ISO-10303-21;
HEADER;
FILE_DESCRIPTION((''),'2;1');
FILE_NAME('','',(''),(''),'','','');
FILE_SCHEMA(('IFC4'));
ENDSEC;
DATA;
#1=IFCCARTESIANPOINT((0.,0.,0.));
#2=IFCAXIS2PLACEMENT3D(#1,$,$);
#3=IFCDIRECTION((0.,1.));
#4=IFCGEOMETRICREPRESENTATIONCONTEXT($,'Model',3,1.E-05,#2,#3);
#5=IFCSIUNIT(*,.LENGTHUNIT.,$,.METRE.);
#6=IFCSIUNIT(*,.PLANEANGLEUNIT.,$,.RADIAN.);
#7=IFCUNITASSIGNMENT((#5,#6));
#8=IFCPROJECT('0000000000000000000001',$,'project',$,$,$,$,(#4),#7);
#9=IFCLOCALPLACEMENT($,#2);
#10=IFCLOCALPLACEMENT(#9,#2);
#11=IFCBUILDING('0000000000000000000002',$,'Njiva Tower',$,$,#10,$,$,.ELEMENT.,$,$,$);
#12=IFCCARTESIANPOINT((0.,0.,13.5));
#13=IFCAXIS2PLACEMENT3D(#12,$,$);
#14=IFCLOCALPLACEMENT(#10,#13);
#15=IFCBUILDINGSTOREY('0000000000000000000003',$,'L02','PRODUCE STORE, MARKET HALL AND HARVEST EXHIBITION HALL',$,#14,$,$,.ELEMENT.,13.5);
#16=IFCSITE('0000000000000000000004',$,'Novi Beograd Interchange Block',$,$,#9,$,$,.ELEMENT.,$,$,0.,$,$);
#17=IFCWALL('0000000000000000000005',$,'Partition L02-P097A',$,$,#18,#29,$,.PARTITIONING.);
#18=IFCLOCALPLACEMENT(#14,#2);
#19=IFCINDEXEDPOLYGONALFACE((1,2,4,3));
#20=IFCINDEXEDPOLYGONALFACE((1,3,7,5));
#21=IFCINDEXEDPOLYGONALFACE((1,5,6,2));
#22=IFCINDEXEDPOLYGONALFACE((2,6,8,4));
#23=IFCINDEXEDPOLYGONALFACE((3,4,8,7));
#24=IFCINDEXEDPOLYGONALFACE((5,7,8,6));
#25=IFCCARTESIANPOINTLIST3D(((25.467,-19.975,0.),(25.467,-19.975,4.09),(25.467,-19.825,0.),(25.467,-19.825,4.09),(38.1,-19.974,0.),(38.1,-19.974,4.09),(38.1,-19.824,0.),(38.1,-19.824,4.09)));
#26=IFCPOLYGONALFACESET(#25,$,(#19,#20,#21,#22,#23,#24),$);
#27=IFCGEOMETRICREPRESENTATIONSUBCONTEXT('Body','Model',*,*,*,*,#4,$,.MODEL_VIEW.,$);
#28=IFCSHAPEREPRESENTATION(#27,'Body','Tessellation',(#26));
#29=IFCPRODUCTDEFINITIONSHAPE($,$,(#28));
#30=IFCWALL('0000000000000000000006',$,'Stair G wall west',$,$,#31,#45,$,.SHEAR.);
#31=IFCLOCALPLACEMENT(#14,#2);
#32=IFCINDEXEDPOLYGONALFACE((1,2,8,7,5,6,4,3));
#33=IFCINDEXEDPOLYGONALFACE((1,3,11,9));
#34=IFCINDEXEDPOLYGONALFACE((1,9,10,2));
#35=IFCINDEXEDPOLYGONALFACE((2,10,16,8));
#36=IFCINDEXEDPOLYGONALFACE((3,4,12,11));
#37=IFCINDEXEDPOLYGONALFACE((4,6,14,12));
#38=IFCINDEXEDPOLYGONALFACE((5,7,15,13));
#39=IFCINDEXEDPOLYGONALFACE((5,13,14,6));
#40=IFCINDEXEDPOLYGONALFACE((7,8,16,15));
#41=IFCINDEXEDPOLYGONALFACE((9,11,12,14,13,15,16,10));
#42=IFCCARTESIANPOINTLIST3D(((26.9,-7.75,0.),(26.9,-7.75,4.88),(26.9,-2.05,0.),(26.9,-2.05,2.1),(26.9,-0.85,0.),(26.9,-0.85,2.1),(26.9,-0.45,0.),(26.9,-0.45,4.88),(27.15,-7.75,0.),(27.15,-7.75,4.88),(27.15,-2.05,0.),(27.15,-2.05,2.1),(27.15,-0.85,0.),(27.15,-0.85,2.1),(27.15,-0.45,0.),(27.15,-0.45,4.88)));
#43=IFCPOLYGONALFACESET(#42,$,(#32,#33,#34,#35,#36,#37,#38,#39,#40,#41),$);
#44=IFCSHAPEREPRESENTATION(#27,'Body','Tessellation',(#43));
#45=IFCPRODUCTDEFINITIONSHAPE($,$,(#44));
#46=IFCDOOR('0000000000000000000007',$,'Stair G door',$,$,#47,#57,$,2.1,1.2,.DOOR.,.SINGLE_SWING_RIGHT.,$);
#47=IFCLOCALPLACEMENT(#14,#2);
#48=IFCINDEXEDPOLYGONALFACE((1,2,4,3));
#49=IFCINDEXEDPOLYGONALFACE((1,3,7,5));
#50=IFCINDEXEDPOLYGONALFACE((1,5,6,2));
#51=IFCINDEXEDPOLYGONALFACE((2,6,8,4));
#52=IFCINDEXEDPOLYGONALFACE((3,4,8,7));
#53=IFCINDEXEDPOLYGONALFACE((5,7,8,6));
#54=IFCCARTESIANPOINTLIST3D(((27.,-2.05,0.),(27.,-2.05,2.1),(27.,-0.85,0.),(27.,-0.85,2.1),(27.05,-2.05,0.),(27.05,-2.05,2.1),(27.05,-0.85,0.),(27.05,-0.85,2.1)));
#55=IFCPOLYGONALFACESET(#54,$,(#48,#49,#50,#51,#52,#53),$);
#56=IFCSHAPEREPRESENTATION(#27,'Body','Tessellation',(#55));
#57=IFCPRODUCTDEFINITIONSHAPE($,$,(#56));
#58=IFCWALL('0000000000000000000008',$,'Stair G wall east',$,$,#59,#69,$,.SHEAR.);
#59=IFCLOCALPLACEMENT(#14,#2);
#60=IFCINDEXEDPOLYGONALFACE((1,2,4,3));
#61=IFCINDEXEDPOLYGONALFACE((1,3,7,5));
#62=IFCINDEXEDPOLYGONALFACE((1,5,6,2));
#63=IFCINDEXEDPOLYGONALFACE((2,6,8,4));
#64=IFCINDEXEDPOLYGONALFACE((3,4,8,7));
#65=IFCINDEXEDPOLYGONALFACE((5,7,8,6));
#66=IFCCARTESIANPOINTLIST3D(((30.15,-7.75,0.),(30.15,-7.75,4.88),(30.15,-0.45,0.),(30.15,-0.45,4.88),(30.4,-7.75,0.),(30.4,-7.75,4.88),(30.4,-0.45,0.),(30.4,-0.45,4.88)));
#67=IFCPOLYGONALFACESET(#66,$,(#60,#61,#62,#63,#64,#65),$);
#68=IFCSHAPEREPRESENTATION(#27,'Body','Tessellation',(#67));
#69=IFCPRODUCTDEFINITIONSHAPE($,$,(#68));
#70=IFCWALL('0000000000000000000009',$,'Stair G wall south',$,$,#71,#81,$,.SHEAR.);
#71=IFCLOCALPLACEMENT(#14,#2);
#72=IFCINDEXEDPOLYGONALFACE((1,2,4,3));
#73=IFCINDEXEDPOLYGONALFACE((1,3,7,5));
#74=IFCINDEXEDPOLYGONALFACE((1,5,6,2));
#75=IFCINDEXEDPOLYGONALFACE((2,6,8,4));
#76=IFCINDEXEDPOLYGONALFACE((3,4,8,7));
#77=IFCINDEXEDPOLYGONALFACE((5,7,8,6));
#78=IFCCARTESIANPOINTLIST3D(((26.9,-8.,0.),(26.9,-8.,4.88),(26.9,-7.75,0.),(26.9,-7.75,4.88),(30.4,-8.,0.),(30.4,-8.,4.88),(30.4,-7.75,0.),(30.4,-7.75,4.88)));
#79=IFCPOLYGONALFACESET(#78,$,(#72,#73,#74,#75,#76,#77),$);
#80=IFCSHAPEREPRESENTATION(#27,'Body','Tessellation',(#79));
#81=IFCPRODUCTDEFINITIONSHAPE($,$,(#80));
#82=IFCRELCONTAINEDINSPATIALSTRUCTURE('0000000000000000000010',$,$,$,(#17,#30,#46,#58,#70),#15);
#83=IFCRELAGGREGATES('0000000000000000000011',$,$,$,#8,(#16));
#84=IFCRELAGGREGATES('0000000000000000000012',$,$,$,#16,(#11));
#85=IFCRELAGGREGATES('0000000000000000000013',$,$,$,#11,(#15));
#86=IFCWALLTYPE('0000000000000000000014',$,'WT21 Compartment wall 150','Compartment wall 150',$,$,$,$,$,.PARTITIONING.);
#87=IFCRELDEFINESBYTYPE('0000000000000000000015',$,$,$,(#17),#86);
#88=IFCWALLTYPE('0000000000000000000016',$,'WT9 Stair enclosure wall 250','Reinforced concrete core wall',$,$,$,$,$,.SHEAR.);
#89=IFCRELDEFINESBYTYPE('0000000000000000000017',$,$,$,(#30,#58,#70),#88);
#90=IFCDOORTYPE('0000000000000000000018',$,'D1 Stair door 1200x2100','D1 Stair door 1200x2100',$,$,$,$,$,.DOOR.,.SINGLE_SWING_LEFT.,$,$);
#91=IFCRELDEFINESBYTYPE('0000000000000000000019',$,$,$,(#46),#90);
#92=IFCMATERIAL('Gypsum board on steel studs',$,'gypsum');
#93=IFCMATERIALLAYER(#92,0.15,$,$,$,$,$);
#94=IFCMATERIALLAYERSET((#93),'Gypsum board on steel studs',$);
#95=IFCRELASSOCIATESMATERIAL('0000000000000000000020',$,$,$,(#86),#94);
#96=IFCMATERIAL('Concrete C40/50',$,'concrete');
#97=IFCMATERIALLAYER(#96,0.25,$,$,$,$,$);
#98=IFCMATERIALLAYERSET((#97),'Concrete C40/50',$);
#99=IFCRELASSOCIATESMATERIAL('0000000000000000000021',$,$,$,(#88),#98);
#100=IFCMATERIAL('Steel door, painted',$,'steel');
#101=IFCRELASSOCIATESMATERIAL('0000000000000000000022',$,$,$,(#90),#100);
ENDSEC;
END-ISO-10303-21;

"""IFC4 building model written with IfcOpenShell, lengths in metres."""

from ifc_helpers import new_model, si_unit, direction, frame, frame_2d, origin, place, context, subcontext, project, spatial, rectangle, extrude, material, layer, layer_set, type_object, element, fill, save


model = new_model("IFC4")

# Units and contexts
model_context = context("Model", 3, precision=1e-05, world=origin(), true_north=direction((0.0, 1.0)))
body_context = subcontext(model_context, "Body", "Model", "MODEL_VIEW")
ifc_project = project(units=[si_unit("LENGTHUNIT", "METRE"), si_unit("PLANEANGLEUNIT", "RADIAN")], contexts=[model_context])

# Site, building, storey
site_placement = place(None, origin())
site = spatial("IfcSite", under=ifc_project, at=site_placement, Name="Novi Beograd Interchange Block", CompositionType="ELEMENT", RefElevation=0.0)
building_placement = place(site_placement, origin())
building = spatial("IfcBuilding", under=site, at=building_placement, Name="Njiva Tower", CompositionType="ELEMENT")
storey_placement = place(building_placement, frame((0.0, 0.0, 13.5)))
storey = spatial("IfcBuildingStorey", under=building, at=storey_placement, Name="L02", Description="PRODUCE STORE, MARKET HALL AND HARVEST EXHIBITION HALL", CompositionType="ELEMENT", Elevation=13.5)

# Shared definitions
ifc_material_1 = material(Name="Gypsum board on steel studs", Category="gypsum")
ifc_layer_1 = layer(ifc_material_1, 0.15)
ifc_layer_set_1 = layer_set([ifc_layer_1], Name="Gypsum board on steel studs")
wall_type_1 = type_object("IfcWallType", Name="WT21 Compartment wall 150", Description="Compartment wall 150", PredefinedType="PARTITIONING", material=ifc_layer_set_1)

# Wall
wall_1_placement = place(storey_placement, frame((25.467, -19.9, 0.0), z_axis=(0.0, 0.0, 1.0), x_axis=(1.0, 0.000079, 0.0)))
element("IfcWall", 1, at=wall_1_placement, inside=storey, type_object=wall_type_1, Name="Partition L02-P097A", PredefinedType="PARTITIONING", context=body_context, shape_type="SweptSolid", body=[
    extrude(rectangle(XDim=12.633, YDim=0.15, at=frame_2d((6.3165, 0.0))), origin(), (0.0, 0.0, 1.0), 4.09),
])

# Wall, opening, door
ifc_material_2 = material(Name="Concrete C40/50", Category="concrete")
ifc_layer_2 = layer(ifc_material_2, 0.25)
ifc_layer_set_2 = layer_set([ifc_layer_2], Name="Concrete C40/50")
wall_type_2 = type_object("IfcWallType", Name="WT9 Stair enclosure wall 250", Description="Reinforced concrete core wall", PredefinedType="SHEAR", material=ifc_layer_set_2)
wall_2_placement = place(storey_placement, frame((27.025, -7.75, 0.0), z_axis=(0.0, 0.0, 1.0), x_axis=(0.0, 1.0, 0.0)))
wall_2 = element("IfcWall", 2, at=wall_2_placement, inside=storey, type_object=wall_type_2, Name="Stair G wall west", PredefinedType="SHEAR", context=body_context, shape_type="SweptSolid", body=[
    extrude(rectangle(XDim=7.3, YDim=0.25, at=frame_2d((3.65, 0.0))), origin(), (0.0, 0.0, 1.0), 4.88),
])
opening_1_placement = place(wall_2_placement, frame((5.7, 0.0, 0.0)))
opening_1 = element("IfcOpeningElement", 3, at=opening_1_placement, cuts=wall_2, PredefinedType="OPENING", context=body_context, shape_type="SweptSolid", body=[
    extrude(rectangle(XDim=1.2, YDim=2.1, at=frame_2d((0.6, 1.05))), frame((0.0, 0.135, 0.0), z_axis=(0.0, -1.0, 0.0), x_axis=(1.0, 0.0, 0.0)), (0.0, 0.0, 1.0), 0.27),
])
ifc_material_3 = material(Name="Steel door, painted", Category="steel")
door_type_1 = type_object("IfcDoorType", Name="D1 Stair door 1200x2100", Description="D1 Stair door 1200x2100", OperationType="SINGLE_SWING_LEFT", PredefinedType="DOOR", material=ifc_material_3)
door_1_placement = place(opening_1_placement, origin())
door_1 = element("IfcDoor", 4, at=door_1_placement, inside=storey, type_object=door_type_1, Name="Stair G door", OperationType="SINGLE_SWING_RIGHT", OverallHeight=2.1, OverallWidth=1.2, PredefinedType="DOOR", context=body_context, shape_type="SweptSolid", body=[
    extrude(rectangle(XDim=1.2, YDim=2.1, at=frame_2d((0.6, 1.05))), frame((0.0, 0.025, 0.0), z_axis=(0.0, -1.0, 0.0), x_axis=(1.0, 0.0, 0.0)), (0.0, 0.0, 1.0), 0.05),
])
fill(opening_1, door_1)

# Walls
wall_3_placement = place(storey_placement, frame((30.275, -7.75, 0.0), z_axis=(0.0, 0.0, 1.0), x_axis=(0.0, 1.0, 0.0)))
element("IfcWall", 5, at=wall_3_placement, inside=storey, type_object=wall_type_2, Name="Stair G wall east", PredefinedType="SHEAR", context=body_context, shape_type="SweptSolid", body=[
    extrude(rectangle(XDim=7.3, YDim=0.25, at=frame_2d((3.65, 0.0))), origin(), (0.0, 0.0, 1.0), 4.88),
])
wall_4_placement = place(storey_placement, frame((26.9, -7.875, 0.0), z_axis=(0.0, 0.0, 1.0), x_axis=(1.0, 0.0, 0.0)))
element("IfcWall", 6, at=wall_4_placement, inside=storey, type_object=wall_type_2, Name="Stair G wall south", PredefinedType="SHEAR", context=body_context, shape_type="SweptSolid", body=[
    extrude(rectangle(XDim=3.5, YDim=0.25, at=frame_2d((1.75, 0.0))), origin(), (0.0, 0.0, 1.0), 4.88),
])

save(model, "model.ifc")
